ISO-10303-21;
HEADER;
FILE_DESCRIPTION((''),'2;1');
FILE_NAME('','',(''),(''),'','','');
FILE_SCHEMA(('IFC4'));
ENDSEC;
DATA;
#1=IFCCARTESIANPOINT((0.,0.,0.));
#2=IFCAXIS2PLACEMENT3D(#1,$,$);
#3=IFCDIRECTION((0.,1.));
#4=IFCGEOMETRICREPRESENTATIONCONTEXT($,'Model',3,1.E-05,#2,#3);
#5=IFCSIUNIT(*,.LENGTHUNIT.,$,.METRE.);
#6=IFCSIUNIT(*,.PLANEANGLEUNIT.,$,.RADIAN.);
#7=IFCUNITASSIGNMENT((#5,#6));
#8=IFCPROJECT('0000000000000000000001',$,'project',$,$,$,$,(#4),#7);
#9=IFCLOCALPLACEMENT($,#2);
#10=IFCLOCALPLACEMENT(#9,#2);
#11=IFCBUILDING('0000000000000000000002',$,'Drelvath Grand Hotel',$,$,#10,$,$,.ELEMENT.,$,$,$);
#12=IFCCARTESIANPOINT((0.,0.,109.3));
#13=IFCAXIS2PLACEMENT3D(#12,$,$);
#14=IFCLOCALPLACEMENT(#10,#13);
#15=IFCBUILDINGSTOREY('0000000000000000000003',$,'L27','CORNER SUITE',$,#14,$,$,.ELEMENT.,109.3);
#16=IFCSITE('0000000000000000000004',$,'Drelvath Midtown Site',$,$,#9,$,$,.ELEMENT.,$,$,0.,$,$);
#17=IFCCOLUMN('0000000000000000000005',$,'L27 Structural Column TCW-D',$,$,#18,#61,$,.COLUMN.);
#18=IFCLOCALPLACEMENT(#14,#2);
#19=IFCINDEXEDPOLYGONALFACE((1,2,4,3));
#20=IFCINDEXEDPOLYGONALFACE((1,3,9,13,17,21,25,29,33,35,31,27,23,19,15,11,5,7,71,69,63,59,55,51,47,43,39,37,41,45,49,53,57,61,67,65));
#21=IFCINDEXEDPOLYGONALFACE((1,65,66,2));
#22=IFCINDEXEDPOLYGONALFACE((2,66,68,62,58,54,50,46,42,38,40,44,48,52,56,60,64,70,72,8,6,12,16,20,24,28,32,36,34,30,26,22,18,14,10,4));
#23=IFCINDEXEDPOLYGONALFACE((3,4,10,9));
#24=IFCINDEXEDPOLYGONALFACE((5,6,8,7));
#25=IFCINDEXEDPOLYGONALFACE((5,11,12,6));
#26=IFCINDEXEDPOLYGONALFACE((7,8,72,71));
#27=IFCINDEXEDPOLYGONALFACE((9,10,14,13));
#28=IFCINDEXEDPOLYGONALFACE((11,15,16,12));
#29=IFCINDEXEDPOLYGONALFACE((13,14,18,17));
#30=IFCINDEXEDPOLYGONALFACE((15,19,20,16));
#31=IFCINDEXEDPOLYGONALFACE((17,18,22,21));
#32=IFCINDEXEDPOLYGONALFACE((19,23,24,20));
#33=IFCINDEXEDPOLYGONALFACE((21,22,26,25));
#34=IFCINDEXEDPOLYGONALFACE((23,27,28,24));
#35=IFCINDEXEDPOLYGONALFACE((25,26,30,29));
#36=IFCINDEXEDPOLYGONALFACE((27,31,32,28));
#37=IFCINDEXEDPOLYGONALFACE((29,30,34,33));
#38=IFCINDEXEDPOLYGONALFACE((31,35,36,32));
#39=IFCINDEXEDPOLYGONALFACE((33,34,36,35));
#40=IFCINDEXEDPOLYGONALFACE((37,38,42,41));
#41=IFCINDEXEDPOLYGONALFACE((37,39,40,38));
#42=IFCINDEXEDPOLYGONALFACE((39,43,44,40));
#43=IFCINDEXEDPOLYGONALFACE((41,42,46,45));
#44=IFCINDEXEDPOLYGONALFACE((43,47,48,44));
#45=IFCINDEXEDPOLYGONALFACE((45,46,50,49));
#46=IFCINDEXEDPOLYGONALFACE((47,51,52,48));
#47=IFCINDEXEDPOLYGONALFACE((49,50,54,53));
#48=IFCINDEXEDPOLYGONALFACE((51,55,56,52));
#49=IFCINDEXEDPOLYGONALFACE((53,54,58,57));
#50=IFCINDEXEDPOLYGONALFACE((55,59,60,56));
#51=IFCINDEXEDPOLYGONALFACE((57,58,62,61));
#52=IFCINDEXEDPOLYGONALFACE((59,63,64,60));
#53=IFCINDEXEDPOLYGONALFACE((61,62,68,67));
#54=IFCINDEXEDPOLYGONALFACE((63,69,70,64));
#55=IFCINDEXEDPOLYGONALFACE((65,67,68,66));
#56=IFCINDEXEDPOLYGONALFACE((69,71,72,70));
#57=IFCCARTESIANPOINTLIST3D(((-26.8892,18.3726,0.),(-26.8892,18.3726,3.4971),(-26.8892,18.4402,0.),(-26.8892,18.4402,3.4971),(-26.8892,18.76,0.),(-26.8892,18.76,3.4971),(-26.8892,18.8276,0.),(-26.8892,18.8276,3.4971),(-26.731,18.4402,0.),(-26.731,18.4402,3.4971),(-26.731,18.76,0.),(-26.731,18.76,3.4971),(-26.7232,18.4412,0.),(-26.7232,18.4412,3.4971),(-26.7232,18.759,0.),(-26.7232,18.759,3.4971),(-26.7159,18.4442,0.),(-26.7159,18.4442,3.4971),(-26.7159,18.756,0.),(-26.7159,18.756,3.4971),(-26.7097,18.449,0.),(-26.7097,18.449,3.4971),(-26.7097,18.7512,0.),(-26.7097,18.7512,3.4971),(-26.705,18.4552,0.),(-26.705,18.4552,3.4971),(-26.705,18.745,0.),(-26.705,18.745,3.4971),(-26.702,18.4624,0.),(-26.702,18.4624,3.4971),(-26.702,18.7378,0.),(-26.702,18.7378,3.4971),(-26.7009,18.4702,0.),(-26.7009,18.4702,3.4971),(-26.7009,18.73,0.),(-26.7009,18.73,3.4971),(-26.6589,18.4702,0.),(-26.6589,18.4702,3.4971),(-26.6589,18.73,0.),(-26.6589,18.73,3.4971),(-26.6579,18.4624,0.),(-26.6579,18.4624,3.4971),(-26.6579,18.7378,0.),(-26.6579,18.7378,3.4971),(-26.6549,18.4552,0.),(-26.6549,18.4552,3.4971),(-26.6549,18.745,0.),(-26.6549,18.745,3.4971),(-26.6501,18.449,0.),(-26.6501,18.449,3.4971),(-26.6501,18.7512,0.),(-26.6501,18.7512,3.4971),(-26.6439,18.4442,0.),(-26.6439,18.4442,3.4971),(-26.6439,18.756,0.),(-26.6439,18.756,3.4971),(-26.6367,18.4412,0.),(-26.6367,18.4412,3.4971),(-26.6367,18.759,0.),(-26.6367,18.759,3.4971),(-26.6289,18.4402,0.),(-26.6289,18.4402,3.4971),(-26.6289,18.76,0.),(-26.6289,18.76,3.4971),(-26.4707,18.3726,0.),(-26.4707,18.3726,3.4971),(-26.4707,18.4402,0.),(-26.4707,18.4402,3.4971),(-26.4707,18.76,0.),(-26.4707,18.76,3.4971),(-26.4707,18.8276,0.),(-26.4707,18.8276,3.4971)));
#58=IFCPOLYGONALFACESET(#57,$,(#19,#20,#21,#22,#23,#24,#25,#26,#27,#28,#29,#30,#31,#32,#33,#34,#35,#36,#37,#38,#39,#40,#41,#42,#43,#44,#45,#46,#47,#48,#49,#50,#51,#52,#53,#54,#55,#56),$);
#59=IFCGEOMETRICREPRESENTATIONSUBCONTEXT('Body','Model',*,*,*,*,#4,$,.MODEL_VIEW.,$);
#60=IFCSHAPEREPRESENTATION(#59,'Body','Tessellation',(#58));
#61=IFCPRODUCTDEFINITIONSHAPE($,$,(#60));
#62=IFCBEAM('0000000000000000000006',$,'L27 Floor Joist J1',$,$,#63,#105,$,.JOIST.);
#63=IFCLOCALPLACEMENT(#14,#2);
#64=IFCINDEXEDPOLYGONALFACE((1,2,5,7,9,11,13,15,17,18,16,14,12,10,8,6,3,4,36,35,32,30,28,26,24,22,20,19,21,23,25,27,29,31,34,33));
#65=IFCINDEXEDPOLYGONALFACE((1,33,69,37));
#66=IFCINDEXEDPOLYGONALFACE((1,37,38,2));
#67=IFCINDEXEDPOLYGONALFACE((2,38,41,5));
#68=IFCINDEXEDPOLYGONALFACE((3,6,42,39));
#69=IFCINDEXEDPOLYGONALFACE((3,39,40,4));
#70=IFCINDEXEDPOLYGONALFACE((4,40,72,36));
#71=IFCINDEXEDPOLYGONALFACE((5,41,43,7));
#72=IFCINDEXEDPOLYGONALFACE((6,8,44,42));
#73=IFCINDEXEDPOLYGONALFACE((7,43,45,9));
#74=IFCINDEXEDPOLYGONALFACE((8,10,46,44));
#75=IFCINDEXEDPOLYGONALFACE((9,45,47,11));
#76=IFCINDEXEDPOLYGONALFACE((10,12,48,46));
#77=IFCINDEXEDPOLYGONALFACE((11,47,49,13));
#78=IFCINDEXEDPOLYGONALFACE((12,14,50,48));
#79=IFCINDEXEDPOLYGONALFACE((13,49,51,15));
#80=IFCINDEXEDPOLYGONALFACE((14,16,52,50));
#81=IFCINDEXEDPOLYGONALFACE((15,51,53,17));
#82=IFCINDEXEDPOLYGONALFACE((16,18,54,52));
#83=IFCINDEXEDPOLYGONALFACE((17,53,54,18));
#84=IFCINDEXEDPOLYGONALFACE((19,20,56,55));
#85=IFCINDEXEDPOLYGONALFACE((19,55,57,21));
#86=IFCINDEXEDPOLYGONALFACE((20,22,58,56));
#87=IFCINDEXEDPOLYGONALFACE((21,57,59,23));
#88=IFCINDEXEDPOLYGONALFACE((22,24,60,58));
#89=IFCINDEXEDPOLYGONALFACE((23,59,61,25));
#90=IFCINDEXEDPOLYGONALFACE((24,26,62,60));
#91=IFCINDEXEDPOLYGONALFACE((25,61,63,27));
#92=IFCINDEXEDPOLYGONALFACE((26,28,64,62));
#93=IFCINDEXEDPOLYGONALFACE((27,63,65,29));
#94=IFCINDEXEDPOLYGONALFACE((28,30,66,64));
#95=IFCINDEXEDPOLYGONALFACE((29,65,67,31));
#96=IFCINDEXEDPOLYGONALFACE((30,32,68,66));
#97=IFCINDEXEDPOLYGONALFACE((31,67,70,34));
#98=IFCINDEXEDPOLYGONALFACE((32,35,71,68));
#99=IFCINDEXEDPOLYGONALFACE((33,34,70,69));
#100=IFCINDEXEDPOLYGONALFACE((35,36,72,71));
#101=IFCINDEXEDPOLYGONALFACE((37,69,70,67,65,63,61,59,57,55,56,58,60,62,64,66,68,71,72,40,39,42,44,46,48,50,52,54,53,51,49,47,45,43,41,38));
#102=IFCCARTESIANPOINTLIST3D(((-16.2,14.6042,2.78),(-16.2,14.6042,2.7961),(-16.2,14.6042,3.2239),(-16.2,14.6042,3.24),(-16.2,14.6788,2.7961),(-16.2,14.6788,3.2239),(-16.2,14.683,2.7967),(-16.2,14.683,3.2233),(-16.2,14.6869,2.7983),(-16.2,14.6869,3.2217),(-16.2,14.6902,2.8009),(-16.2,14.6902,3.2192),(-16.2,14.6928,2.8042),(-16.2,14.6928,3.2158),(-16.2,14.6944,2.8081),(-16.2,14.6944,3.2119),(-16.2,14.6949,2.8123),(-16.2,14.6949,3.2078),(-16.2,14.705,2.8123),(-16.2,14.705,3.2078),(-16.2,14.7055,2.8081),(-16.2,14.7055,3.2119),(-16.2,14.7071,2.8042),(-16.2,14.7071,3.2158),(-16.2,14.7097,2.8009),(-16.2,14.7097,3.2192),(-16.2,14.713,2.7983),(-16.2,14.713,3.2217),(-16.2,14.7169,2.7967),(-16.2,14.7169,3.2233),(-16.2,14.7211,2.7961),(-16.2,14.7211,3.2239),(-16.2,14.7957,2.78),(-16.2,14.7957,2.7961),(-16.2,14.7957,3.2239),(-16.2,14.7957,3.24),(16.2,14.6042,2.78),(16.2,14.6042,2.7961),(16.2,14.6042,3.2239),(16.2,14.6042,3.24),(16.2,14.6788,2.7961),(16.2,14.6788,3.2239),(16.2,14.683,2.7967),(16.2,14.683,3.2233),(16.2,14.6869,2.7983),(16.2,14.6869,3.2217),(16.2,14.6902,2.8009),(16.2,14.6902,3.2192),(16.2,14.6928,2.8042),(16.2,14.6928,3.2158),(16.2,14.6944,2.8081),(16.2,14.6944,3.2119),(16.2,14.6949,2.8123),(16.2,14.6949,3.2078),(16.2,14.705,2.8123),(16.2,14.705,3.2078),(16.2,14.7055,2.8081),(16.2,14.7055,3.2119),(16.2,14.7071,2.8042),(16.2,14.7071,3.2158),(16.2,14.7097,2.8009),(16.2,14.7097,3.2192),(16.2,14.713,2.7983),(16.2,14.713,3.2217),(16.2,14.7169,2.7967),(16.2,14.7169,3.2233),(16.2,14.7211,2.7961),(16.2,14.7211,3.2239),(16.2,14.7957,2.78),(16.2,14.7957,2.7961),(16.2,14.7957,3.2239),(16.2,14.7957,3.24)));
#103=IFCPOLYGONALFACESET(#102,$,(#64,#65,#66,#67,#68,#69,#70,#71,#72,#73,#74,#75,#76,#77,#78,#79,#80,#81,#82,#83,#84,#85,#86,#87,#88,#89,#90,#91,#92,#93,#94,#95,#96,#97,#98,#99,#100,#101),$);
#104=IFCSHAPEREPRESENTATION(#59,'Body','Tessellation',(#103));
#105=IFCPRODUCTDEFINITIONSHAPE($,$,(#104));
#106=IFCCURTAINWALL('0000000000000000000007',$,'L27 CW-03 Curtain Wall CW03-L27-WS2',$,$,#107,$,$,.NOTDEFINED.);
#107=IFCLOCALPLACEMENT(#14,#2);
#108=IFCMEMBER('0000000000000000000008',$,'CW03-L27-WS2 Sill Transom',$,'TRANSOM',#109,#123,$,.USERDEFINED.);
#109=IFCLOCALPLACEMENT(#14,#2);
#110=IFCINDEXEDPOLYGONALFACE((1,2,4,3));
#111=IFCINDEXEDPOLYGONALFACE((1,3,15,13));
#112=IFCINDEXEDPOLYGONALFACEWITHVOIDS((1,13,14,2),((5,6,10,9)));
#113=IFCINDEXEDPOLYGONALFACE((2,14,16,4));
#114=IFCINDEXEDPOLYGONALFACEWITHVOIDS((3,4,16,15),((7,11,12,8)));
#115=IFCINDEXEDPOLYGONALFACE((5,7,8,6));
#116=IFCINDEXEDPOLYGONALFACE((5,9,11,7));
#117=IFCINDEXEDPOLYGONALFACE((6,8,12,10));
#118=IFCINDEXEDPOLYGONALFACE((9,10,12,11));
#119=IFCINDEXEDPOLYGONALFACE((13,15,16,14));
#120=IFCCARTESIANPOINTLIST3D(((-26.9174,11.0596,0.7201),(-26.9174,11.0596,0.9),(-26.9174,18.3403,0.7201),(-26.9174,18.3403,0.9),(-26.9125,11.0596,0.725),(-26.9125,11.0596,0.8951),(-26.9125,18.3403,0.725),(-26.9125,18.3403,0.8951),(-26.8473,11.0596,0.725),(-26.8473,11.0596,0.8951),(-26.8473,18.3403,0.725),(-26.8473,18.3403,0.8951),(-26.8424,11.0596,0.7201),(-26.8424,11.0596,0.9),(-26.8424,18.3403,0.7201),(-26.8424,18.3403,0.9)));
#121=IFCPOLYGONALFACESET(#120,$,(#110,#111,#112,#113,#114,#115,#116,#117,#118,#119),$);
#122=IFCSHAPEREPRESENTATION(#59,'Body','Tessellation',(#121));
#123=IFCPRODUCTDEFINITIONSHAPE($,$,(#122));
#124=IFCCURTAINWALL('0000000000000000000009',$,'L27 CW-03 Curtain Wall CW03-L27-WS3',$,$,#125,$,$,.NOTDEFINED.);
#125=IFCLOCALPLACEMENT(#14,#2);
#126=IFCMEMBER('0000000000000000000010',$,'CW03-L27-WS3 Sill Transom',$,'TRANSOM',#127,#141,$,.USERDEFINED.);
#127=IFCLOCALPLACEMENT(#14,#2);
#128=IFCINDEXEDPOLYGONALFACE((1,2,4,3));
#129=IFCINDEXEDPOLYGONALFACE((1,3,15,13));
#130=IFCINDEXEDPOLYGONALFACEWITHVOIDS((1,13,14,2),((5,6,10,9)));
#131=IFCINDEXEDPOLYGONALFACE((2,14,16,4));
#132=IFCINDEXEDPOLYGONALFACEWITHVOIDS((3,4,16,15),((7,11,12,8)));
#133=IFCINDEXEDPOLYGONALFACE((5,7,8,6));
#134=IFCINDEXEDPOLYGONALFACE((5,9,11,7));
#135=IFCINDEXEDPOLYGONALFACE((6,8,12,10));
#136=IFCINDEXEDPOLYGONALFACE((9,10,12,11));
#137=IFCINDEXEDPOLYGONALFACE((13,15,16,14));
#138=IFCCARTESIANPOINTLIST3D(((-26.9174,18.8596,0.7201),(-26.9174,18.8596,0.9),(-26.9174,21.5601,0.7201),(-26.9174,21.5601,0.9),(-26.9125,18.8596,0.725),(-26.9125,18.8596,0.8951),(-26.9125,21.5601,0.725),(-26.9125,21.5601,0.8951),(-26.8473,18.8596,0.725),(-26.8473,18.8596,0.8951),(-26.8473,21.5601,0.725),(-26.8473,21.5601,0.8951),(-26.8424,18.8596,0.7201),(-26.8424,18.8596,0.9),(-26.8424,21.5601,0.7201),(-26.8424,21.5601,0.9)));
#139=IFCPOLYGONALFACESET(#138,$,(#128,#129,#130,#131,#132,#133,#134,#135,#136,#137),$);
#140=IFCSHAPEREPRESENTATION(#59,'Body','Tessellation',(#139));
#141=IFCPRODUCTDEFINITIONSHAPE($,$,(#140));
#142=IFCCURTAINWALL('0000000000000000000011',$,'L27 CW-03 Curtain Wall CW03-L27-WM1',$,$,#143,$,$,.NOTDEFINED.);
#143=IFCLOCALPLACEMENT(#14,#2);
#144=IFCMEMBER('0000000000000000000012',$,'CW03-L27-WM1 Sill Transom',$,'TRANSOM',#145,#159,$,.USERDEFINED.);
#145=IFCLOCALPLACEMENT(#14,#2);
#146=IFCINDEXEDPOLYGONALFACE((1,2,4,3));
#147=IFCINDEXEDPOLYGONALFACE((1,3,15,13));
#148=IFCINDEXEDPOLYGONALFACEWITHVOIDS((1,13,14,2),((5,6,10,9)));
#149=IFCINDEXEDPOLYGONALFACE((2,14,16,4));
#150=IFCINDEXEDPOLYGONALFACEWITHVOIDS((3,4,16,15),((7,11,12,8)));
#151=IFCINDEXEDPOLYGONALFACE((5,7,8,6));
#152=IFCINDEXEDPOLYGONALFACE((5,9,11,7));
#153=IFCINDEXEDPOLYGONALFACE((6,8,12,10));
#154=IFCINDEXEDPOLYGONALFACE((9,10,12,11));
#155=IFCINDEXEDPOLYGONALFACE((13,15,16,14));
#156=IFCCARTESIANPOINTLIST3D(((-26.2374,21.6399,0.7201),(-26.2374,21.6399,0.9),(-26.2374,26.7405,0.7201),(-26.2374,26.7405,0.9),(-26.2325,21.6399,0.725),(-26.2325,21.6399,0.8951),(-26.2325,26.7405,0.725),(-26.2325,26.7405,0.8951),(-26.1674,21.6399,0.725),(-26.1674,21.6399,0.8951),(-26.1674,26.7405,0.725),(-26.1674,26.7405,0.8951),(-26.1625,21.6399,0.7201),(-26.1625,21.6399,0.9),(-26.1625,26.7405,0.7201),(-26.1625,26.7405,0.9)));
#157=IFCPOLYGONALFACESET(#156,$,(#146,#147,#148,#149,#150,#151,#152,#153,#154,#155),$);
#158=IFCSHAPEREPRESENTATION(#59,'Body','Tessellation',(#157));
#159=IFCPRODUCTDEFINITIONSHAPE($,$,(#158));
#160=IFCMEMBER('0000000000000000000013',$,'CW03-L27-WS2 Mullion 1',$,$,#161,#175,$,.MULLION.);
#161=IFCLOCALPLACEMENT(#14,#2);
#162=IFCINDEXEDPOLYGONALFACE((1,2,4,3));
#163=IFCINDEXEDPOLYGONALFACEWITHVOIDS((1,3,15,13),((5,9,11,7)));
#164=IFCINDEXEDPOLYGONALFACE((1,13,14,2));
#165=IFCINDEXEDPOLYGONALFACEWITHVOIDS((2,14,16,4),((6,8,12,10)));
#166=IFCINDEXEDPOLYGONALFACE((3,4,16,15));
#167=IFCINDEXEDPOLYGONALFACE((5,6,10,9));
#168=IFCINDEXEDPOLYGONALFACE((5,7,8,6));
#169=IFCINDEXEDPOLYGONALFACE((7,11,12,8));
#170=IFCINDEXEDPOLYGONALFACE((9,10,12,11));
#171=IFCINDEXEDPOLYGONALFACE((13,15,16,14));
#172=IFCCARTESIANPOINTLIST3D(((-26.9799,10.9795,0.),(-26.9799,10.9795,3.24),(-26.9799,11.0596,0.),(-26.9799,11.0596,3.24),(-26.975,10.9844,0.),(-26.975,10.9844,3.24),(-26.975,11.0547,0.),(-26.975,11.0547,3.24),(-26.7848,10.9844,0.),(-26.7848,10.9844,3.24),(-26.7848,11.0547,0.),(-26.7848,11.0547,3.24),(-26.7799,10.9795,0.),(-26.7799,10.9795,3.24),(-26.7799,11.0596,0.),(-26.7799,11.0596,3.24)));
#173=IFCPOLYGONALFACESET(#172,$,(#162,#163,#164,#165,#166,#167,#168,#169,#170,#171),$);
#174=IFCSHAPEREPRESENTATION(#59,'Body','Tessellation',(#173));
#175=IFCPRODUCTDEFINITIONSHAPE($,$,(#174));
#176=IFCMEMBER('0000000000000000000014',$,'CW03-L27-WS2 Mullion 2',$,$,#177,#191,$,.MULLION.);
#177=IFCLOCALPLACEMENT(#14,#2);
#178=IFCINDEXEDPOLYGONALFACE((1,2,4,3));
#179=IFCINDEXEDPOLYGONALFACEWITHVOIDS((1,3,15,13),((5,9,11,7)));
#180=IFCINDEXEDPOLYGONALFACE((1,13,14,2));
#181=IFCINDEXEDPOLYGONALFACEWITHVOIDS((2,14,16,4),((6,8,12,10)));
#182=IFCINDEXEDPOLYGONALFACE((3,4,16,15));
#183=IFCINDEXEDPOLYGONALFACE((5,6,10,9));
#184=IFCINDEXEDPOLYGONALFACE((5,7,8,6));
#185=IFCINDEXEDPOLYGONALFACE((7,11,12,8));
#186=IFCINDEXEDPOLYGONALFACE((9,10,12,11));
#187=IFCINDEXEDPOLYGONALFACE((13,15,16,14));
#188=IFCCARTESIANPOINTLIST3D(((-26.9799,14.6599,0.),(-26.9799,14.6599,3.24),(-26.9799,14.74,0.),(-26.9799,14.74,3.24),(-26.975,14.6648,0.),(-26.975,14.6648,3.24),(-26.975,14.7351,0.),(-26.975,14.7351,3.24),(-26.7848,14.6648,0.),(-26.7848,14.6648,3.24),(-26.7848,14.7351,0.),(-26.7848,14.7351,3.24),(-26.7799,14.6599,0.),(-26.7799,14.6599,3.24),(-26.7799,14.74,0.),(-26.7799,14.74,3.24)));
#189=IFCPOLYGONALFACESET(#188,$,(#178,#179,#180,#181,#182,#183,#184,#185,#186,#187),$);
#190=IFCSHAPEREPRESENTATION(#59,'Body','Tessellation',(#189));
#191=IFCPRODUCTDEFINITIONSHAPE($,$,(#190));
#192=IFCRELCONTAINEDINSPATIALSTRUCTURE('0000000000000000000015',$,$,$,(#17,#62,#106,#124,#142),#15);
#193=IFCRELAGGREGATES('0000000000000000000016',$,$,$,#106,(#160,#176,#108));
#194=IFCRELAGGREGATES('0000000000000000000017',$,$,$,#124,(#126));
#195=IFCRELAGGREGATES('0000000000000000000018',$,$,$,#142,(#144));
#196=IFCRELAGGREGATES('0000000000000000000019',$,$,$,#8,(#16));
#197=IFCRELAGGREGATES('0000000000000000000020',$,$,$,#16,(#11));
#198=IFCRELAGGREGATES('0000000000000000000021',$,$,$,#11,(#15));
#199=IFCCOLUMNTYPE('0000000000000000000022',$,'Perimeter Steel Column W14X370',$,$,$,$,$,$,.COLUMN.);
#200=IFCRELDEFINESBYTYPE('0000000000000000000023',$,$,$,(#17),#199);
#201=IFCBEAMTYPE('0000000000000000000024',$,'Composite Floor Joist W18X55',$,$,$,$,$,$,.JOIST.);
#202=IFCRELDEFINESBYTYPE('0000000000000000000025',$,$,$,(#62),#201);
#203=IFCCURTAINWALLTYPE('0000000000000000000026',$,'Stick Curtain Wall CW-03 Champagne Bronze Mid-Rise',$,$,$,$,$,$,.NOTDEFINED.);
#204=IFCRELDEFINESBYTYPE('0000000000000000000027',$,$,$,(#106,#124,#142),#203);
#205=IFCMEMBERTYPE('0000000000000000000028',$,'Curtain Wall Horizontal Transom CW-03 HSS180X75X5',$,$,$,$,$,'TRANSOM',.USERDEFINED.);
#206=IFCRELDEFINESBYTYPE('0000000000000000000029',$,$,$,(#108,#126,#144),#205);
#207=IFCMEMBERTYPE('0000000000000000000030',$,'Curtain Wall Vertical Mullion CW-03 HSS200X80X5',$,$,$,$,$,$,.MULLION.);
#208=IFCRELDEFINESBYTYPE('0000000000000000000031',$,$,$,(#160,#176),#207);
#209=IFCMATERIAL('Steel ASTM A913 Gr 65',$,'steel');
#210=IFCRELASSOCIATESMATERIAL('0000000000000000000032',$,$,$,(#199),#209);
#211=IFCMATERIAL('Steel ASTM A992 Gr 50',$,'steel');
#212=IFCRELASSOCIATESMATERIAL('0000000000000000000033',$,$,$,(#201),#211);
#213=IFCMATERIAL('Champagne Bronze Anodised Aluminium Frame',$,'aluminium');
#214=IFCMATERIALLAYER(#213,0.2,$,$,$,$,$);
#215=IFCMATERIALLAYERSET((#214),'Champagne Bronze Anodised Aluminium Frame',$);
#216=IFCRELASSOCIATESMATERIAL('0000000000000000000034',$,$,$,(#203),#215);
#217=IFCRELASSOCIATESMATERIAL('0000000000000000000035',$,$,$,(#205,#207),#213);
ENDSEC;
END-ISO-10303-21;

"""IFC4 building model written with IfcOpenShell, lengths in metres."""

from ifc_helpers import new_model, si_unit, direction, frame, origin, origin_2d, place, context, subcontext, project, spatial, hollow_rectangle, i_section, extrude, material, layer, layer_set, material_profile, profile_set, type_object, element, aggregate, save


model = new_model("IFC4")

# Units and contexts
model_context = context("Model", 3, precision=1e-05, world=origin(), true_north=direction((0.0, 1.0)))
body_context = subcontext(model_context, "Body", "Model", "MODEL_VIEW")
ifc_project = project(units=[si_unit("LENGTHUNIT", "METRE"), si_unit("PLANEANGLEUNIT", "RADIAN")], contexts=[model_context])

# Site, building, storey
site_placement = place(None, origin())
site = spatial("IfcSite", under=ifc_project, at=site_placement, Name="Drelvath Midtown Site", CompositionType="ELEMENT", RefElevation=0.0)
building_placement = place(site_placement, origin())
building = spatial("IfcBuilding", under=site, at=building_placement, Name="Drelvath Grand Hotel", CompositionType="ELEMENT")
storey_placement = place(building_placement, frame((0.0, 0.0, 109.3)))
storey = spatial("IfcBuildingStorey", under=building, at=storey_placement, Name="L27", Description="CORNER SUITE", CompositionType="ELEMENT", Elevation=109.3)

# Column
ifc_material_1 = material(Name="Steel ASTM A913 Gr 65", Category="steel")
ifc_material_profile_1 = material_profile(ifc_material_1, i_section(OverallWidth=0.4185, OverallDepth=0.4551, WebThickness=0.042, FlangeThickness=0.0676, FilletRadius=0.03, at=origin_2d()), Name="W14X370")
ifc_profile_set_1 = profile_set([ifc_material_profile_1], Name="Steel ASTM A913 Gr 65")
column_type = type_object("IfcColumnType", Name="Perimeter Steel Column W14X370", PredefinedType="COLUMN", material=ifc_profile_set_1)
column_placement = place(storey_placement, frame((-26.6799, 18.6001, 0.0), z_axis=(0.0, 0.0, 1.0), x_axis=(1.0, 0.0, 0.0)))
element("IfcColumn", 1, at=column_placement, inside=storey, type_object=column_type, Name="L27 Structural Column TCW-D", PredefinedType="COLUMN", context=body_context, shape_type="SweptSolid", body=[
    extrude(i_section(OverallWidth=0.4185, OverallDepth=0.4551, WebThickness=0.042, FlangeThickness=0.0676, FilletRadius=0.03, at=origin_2d()), origin(), (0.0, 0.0, 1.0), 3.4971),
])

# Beam
ifc_material_2 = material(Name="Steel ASTM A992 Gr 50", Category="steel")
ifc_material_profile_2 = material_profile(ifc_material_2, i_section(OverallWidth=0.1914, OverallDepth=0.46, WebThickness=0.01, FlangeThickness=0.0161, FilletRadius=0.0161, at=origin_2d()), Name="W18X55")
ifc_profile_set_2 = profile_set([ifc_material_profile_2], Name="Steel ASTM A992 Gr 50")
beam_type_1 = type_object("IfcBeamType", Name="Composite Floor Joist W18X55", PredefinedType="JOIST", material=ifc_profile_set_2)
beam_1_placement = place(storey_placement, frame((-16.2, 14.7, 3.01), z_axis=(1.0, 0.0, 0.0), x_axis=(0.0, 1.0, 0.0)))
element("IfcBeam", 2, at=beam_1_placement, inside=storey, type_object=beam_type_1, Name="L27 Floor Joist J1", PredefinedType="JOIST", context=body_context, shape_type="SweptSolid", body=[
    extrude(i_section(OverallWidth=0.1914, OverallDepth=0.46, WebThickness=0.01, FlangeThickness=0.0161, FilletRadius=0.0161, at=origin_2d()), origin(), (0.0, 0.0, 1.0), 32.3999),
])

# Curtain walls, members
ifc_material_3 = material(Name="Champagne Bronze Anodised Aluminium Frame", Category="aluminium")
ifc_layer_1 = layer(ifc_material_3, 0.2)
ifc_layer_set_1 = layer_set([ifc_layer_1], Name="Champagne Bronze Anodised Aluminium Frame")
curtain_wall_type = type_object("IfcCurtainWallType", Name="Stick Curtain Wall CW-03 Champagne Bronze Mid-Rise", PredefinedType="NOTDEFINED", material=ifc_layer_set_1)
curtain_wall_1_placement = place(storey_placement, origin())
curtain_wall_1 = element("IfcCurtainWall", 3, at=curtain_wall_1_placement, inside=storey, type_object=curtain_wall_type, Name="L27 CW-03 Curtain Wall CW03-L27-WS2", PredefinedType="NOTDEFINED")
ifc_material_profile_3 = material_profile(ifc_material_3, hollow_rectangle(XDim=0.075, YDim=0.1799, WallThickness=0.0049, at=origin_2d()), Name="HSS180X75X5")
ifc_profile_set_3 = profile_set([ifc_material_profile_3], Name="Champagne Bronze Anodised Aluminium Frame")
member_type_1 = type_object("IfcMemberType", Name="Curtain Wall Horizontal Transom CW-03 HSS180X75X5", ElementType="TRANSOM", PredefinedType="USERDEFINED", material=ifc_profile_set_3)
member_1_placement = place(storey_placement, frame((-26.8799, 11.0596, 0.8101), z_axis=(0.0, 1.0, 0.0), x_axis=(-1.0, 0.0, 0.0)))
member_1 = element("IfcMember", 4, at=member_1_placement, type_object=member_type_1, Name="CW03-L27-WS2 Sill Transom", ObjectType="TRANSOM", PredefinedType="USERDEFINED", context=body_context, shape_type="SweptSolid", body=[
    extrude(hollow_rectangle(XDim=0.075, YDim=0.1799, WallThickness=0.0049, at=origin_2d()), origin(), (0.0, 0.0, 1.0), 7.2808),
])
curtain_wall_2_placement = place(storey_placement, origin())
curtain_wall_2 = element("IfcCurtainWall", 5, at=curtain_wall_2_placement, inside=storey, type_object=curtain_wall_type, Name="L27 CW-03 Curtain Wall CW03-L27-WS3", PredefinedType="NOTDEFINED")
member_2_placement = place(storey_placement, frame((-26.8799, 18.8596, 0.8101), z_axis=(0.0, 1.0, 0.0), x_axis=(-1.0, 0.0, 0.0)))
member_2 = element("IfcMember", 6, at=member_2_placement, type_object=member_type_1, Name="CW03-L27-WS3 Sill Transom", ObjectType="TRANSOM", PredefinedType="USERDEFINED", context=body_context, shape_type="SweptSolid", body=[
    extrude(hollow_rectangle(XDim=0.075, YDim=0.1799, WallThickness=0.0049, at=origin_2d()), origin(), (0.0, 0.0, 1.0), 2.7004),
])
curtain_wall_3_placement = place(storey_placement, origin())
curtain_wall_3 = element("IfcCurtainWall", 7, at=curtain_wall_3_placement, inside=storey, type_object=curtain_wall_type, Name="L27 CW-03 Curtain Wall CW03-L27-WM1", PredefinedType="NOTDEFINED")
member_3_placement = place(storey_placement, frame((-26.2, 21.6399, 0.8101), z_axis=(0.0, 1.0, 0.0), x_axis=(-1.0, 0.0, 0.0)))
member_3 = element("IfcMember", 8, at=member_3_placement, type_object=member_type_1, Name="CW03-L27-WM1 Sill Transom", ObjectType="TRANSOM", PredefinedType="USERDEFINED", context=body_context, shape_type="SweptSolid", body=[
    extrude(hollow_rectangle(XDim=0.075, YDim=0.1799, WallThickness=0.0049, at=origin_2d()), origin(), (0.0, 0.0, 1.0), 5.1006),
])

# Members
ifc_material_profile_4 = material_profile(ifc_material_3, hollow_rectangle(XDim=0.0801, YDim=0.2, WallThickness=0.0049, at=origin_2d()), Name="HSS200X80X5")
ifc_profile_set_4 = profile_set([ifc_material_profile_4], Name="Champagne Bronze Anodised Aluminium Frame")
member_type_2 = type_object("IfcMemberType", Name="Curtain Wall Vertical Mullion CW-03 HSS200X80X5", PredefinedType="MULLION", material=ifc_profile_set_4)
member_4_placement = place(storey_placement, frame((-26.8799, 11.0195, 0.0), z_axis=(0.0, 0.0, 1.0), x_axis=(0.0, 1.0, 0.0)))
member_4 = element("IfcMember", 9, at=member_4_placement, type_object=member_type_2, Name="CW03-L27-WS2 Mullion 1", PredefinedType="MULLION", context=body_context, shape_type="SweptSolid", body=[
    extrude(hollow_rectangle(XDim=0.0801, YDim=0.2, WallThickness=0.0049, at=origin_2d()), origin(), (0.0, 0.0, 1.0), 3.24),
])
member_5_placement = place(storey_placement, frame((-26.8799, 14.7, 0.0), z_axis=(0.0, 0.0, 1.0), x_axis=(0.0, 1.0, 0.0)))
member_5 = element("IfcMember", 10, at=member_5_placement, type_object=member_type_2, Name="CW03-L27-WS2 Mullion 2", PredefinedType="MULLION", context=body_context, shape_type="SweptSolid", body=[
    extrude(hollow_rectangle(XDim=0.0801, YDim=0.2, WallThickness=0.0049, at=origin_2d()), origin(), (0.0, 0.0, 1.0), 3.24),
])

aggregate(curtain_wall_1, [member_4, member_5, member_1])
aggregate(curtain_wall_2, [member_2])
aggregate(curtain_wall_3, [member_3])

save(model, "model.ifc")
